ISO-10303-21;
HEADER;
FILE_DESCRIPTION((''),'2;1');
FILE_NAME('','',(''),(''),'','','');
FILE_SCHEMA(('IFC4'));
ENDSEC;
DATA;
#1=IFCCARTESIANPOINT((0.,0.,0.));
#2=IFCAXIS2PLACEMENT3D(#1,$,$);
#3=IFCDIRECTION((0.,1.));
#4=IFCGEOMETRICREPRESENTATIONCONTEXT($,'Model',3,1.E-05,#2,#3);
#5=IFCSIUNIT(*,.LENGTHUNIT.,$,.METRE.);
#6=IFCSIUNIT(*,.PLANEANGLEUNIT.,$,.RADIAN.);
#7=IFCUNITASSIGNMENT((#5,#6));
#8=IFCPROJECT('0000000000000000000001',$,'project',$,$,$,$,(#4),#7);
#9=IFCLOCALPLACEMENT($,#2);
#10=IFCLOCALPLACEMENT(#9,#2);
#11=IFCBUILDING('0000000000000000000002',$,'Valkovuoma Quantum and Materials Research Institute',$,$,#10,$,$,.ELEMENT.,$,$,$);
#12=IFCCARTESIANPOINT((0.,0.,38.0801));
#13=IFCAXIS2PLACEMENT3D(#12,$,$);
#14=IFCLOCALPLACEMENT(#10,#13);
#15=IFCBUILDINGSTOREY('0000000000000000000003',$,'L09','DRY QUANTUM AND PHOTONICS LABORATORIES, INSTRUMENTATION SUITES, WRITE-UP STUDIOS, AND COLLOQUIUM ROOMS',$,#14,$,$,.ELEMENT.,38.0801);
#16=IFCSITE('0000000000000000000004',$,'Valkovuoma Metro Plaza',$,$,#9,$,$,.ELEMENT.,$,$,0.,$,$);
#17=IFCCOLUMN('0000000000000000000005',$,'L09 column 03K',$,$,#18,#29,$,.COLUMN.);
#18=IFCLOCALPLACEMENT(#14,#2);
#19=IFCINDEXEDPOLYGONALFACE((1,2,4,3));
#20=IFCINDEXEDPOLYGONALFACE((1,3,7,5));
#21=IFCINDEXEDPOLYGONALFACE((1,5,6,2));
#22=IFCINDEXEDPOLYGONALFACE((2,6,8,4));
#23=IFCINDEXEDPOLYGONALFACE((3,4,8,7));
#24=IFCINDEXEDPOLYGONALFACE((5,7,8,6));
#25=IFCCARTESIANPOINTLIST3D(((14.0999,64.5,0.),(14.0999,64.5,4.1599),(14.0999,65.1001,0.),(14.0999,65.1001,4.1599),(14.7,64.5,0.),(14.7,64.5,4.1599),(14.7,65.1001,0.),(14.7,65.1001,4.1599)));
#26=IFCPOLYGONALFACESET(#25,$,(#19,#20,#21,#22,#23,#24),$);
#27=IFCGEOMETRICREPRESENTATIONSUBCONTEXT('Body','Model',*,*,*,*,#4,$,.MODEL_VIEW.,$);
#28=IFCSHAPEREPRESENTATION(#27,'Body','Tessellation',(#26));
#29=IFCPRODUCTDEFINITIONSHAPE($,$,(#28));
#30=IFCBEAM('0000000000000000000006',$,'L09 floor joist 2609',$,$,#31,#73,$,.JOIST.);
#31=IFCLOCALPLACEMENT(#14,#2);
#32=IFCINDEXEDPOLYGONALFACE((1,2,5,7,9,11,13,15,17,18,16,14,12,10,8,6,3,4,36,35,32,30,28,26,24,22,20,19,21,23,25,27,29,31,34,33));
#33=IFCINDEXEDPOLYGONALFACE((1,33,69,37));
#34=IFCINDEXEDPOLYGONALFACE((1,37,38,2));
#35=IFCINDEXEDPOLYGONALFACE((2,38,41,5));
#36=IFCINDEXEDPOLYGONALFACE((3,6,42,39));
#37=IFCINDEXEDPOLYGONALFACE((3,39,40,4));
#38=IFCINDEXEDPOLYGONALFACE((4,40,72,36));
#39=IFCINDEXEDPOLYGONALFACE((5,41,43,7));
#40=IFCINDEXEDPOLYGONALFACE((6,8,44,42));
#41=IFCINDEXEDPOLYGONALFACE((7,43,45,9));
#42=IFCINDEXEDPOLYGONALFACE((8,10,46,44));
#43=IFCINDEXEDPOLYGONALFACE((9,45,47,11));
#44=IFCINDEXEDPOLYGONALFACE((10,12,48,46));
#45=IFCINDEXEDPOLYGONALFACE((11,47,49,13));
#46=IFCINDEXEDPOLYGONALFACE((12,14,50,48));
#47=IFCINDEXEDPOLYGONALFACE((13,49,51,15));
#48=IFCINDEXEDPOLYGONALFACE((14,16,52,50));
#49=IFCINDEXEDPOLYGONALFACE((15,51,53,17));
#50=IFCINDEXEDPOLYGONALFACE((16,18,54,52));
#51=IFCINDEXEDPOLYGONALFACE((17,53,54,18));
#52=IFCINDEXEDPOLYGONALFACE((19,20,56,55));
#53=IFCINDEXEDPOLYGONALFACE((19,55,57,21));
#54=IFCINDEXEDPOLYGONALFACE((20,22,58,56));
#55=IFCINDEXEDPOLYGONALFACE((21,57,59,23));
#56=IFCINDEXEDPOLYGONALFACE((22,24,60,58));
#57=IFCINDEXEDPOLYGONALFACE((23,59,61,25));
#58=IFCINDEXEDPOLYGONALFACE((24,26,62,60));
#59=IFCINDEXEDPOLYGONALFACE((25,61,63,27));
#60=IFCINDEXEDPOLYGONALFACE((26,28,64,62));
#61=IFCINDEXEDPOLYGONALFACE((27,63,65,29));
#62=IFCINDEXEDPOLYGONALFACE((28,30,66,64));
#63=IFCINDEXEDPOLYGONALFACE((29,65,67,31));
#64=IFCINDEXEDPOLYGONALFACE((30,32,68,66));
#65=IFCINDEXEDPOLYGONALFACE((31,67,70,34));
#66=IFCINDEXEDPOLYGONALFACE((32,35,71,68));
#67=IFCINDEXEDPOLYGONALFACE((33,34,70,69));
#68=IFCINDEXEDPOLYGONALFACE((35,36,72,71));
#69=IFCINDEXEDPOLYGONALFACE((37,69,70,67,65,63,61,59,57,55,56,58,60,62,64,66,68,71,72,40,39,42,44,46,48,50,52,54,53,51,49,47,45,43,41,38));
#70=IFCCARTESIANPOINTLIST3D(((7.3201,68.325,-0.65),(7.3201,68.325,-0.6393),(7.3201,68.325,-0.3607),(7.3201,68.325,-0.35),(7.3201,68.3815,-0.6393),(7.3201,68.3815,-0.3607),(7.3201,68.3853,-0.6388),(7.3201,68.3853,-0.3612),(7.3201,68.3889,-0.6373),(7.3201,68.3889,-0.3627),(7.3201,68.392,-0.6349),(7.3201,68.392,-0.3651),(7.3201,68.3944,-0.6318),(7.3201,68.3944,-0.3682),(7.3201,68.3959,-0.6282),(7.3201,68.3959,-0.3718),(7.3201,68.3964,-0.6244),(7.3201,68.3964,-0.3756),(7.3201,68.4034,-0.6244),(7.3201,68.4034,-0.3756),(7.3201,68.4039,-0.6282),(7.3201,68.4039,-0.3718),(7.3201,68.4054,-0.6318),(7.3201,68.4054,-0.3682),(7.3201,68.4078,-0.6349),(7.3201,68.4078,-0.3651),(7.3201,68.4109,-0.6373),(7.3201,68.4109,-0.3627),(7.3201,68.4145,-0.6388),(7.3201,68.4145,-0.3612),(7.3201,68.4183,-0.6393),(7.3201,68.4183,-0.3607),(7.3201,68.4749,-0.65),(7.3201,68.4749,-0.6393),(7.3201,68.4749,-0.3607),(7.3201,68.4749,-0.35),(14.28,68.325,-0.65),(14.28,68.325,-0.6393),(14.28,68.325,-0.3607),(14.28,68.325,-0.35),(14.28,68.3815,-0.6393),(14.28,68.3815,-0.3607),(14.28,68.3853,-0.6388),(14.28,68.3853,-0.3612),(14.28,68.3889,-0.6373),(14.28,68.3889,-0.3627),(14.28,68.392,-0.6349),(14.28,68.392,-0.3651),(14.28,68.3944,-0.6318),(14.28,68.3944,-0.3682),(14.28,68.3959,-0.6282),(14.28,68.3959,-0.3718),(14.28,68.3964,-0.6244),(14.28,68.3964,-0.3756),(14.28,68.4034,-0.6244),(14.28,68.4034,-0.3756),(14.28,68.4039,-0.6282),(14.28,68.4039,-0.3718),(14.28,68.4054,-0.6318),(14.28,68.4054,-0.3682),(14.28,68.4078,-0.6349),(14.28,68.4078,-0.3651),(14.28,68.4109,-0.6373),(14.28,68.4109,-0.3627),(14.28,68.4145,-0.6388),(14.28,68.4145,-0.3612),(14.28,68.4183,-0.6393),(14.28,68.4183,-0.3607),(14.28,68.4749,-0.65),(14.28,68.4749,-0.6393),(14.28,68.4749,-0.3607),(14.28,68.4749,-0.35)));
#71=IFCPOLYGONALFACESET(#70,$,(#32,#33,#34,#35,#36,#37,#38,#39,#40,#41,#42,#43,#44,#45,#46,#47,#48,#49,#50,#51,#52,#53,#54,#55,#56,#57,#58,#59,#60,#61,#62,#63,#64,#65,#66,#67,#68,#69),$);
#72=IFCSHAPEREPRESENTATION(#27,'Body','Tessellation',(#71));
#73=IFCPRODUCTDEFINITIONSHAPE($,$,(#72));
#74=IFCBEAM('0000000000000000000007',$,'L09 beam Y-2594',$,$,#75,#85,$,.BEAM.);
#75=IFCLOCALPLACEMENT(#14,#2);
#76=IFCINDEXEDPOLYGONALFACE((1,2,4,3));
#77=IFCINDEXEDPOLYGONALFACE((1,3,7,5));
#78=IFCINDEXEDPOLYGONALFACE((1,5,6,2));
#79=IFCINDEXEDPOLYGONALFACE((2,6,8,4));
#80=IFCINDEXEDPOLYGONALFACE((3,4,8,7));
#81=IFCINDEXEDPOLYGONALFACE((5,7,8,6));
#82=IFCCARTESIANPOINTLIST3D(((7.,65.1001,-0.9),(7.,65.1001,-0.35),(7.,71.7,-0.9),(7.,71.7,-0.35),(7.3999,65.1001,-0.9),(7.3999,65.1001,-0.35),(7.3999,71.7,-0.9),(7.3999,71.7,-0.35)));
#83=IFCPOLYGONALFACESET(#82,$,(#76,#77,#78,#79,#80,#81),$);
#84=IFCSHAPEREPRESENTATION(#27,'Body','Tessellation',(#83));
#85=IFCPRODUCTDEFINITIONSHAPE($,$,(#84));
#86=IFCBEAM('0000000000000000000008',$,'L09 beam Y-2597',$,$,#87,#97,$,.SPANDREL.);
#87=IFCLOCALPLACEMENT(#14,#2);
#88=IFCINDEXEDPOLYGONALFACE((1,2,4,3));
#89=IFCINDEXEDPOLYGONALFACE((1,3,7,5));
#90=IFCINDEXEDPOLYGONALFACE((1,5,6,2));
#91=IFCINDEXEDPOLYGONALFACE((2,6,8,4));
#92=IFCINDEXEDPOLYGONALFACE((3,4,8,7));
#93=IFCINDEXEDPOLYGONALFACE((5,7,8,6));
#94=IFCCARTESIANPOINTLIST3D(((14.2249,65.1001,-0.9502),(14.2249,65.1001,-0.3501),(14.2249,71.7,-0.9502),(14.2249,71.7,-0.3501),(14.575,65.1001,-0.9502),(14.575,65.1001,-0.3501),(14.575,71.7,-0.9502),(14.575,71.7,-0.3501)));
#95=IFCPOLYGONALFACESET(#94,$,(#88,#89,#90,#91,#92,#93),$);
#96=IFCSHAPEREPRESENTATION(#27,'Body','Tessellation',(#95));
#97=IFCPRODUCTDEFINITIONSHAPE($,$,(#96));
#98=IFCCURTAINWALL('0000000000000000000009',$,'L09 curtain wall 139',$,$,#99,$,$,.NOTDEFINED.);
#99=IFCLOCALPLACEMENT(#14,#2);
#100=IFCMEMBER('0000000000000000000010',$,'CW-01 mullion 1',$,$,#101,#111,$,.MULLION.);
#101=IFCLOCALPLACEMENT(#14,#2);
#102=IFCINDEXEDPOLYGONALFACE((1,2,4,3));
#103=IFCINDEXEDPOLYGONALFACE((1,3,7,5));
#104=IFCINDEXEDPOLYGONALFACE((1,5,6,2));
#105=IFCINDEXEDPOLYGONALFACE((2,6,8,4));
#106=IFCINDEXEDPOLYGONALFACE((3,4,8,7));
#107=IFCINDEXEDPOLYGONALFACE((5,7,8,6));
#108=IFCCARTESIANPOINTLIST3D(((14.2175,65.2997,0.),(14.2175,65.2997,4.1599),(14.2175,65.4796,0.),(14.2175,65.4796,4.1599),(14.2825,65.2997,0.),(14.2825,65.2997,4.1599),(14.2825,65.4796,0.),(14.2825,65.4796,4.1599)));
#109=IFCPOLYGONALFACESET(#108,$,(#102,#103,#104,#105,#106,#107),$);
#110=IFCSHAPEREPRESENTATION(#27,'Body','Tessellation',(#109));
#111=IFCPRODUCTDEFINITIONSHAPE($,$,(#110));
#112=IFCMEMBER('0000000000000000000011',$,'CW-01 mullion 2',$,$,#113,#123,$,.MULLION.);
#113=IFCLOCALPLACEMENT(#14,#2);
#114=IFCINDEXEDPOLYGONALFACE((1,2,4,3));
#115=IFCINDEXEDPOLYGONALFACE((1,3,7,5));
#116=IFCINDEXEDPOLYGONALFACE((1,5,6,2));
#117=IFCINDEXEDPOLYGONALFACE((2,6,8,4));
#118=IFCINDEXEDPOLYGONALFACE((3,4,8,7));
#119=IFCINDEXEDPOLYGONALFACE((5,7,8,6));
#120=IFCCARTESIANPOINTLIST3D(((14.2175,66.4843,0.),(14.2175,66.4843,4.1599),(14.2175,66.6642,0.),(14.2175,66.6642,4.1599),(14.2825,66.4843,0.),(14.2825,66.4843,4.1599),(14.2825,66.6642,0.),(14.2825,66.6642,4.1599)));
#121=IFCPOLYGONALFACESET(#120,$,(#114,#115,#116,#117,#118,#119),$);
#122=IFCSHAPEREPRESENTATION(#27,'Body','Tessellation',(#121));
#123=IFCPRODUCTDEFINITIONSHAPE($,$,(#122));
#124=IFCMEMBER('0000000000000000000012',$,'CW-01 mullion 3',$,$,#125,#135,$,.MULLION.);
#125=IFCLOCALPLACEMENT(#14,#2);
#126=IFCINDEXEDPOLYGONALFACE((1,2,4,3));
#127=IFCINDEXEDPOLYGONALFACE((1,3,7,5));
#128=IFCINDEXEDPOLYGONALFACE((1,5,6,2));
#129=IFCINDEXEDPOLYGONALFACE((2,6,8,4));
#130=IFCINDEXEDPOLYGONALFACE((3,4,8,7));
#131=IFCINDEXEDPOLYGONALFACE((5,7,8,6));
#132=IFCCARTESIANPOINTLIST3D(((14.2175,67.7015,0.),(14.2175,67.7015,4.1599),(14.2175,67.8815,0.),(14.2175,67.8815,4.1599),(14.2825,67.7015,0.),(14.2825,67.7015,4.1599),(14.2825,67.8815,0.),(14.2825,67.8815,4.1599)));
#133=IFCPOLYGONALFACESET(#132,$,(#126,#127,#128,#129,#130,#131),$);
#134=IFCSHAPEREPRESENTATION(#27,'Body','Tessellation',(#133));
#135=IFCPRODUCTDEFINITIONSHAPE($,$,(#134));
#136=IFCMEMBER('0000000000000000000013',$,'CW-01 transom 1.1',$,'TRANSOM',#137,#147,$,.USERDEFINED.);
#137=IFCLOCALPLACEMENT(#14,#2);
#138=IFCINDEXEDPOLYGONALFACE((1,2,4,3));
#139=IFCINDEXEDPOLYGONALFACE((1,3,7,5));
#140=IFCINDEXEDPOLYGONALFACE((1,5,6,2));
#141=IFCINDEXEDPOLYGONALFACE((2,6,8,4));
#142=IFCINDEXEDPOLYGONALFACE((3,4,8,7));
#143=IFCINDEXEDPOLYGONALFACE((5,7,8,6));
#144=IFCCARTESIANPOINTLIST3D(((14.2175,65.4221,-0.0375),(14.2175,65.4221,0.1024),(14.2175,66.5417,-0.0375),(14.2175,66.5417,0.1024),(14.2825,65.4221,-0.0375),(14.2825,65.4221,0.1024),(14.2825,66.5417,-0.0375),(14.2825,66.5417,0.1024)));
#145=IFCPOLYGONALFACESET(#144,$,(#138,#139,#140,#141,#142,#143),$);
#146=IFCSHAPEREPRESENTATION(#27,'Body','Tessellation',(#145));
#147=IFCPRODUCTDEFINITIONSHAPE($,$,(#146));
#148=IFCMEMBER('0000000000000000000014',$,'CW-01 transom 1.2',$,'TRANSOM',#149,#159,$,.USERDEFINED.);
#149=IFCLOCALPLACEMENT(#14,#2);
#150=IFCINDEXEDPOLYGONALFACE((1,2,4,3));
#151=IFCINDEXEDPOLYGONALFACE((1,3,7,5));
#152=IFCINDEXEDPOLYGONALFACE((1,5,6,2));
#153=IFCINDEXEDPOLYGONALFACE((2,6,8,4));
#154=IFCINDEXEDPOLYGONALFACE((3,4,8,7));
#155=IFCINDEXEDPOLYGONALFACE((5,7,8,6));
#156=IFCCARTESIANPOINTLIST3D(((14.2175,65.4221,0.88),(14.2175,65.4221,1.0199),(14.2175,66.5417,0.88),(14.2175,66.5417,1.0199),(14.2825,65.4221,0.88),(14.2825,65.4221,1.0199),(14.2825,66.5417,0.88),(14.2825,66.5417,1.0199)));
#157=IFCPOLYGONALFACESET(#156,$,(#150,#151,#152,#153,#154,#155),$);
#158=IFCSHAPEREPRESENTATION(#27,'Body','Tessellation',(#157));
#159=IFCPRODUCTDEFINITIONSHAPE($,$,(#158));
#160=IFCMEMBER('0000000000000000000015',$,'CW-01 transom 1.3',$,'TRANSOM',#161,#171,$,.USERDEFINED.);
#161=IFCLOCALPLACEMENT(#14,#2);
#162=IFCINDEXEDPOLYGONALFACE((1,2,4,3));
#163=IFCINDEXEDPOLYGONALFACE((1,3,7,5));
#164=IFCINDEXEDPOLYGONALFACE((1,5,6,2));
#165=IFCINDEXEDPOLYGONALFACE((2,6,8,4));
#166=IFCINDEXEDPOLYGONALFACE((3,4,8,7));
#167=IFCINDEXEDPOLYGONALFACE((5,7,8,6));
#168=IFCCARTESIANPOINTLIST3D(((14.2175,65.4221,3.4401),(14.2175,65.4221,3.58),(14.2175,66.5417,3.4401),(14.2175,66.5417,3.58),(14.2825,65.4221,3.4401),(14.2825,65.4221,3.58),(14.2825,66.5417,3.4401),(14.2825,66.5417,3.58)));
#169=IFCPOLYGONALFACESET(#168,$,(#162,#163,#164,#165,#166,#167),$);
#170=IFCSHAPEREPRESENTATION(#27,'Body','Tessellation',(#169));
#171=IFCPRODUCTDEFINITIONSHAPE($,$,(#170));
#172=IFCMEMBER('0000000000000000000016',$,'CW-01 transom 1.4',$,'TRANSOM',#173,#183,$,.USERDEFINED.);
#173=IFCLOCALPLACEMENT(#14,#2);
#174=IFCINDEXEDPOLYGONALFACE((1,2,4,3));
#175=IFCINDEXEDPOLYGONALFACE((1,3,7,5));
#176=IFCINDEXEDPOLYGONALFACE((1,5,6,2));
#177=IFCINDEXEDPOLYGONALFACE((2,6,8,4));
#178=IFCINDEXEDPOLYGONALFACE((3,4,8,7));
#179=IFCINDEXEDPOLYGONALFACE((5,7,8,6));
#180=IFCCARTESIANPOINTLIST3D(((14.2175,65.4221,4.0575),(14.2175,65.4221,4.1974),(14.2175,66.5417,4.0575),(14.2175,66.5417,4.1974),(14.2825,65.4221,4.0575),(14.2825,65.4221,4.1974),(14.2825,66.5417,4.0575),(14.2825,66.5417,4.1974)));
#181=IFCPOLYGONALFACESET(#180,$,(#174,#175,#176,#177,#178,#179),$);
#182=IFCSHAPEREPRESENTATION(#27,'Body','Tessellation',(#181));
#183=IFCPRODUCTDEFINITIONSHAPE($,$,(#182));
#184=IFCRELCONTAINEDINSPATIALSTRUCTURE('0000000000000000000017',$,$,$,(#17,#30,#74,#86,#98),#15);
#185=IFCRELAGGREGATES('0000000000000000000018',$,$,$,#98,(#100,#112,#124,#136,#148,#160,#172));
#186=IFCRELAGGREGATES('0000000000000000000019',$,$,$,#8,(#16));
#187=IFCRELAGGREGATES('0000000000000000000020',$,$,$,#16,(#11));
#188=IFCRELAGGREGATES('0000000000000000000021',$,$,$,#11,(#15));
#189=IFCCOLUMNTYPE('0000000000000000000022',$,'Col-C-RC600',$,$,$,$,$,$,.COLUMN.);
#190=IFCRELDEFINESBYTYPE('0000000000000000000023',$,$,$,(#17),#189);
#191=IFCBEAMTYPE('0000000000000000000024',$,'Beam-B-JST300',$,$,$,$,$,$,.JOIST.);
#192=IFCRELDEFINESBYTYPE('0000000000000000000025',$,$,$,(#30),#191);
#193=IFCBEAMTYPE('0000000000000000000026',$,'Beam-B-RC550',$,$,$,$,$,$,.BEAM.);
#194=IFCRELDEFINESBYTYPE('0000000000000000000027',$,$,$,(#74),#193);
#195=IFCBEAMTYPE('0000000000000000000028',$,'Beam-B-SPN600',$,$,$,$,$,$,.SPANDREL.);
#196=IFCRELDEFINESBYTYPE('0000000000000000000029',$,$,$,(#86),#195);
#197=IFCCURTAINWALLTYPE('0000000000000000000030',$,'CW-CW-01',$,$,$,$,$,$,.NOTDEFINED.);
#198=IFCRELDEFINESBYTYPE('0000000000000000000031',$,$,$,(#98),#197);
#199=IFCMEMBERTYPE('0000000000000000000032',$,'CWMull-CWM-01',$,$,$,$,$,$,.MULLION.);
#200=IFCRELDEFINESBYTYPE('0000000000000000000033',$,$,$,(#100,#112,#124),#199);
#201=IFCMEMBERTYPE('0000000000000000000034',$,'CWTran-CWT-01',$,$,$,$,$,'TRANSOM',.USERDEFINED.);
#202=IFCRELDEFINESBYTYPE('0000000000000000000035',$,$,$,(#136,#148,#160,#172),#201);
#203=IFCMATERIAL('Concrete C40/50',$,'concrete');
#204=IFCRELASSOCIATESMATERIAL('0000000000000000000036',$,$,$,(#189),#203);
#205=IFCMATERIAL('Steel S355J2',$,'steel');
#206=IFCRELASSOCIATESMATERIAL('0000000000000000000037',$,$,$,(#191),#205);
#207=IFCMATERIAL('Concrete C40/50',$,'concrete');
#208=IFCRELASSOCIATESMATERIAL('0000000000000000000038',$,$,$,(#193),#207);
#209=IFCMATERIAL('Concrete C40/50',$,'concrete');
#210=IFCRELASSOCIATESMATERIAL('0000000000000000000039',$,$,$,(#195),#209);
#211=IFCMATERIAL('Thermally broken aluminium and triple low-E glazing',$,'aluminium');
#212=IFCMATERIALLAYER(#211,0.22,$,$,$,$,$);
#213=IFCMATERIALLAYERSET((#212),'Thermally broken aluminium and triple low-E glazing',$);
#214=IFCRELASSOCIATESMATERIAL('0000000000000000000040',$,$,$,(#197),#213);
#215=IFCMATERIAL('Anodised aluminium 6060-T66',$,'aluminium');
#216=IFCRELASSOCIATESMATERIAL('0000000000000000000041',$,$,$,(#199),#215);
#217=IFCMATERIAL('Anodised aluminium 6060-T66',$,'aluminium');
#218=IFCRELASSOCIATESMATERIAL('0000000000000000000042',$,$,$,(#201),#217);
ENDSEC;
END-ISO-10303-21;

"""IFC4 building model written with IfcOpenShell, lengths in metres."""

from ifc_helpers import new_model, si_unit, direction, frame, origin, origin_2d, place, context, subcontext, project, spatial, rectangle, i_section, extrude, material, layer, layer_set, material_profile, profile_set, type_object, element, aggregate, save


model = new_model("IFC4")

# Units and contexts
model_context = context("Model", 3, precision=1e-05, world=origin(), true_north=direction((0.0, 1.0)))
body_context = subcontext(model_context, "Body", "Model", "MODEL_VIEW")
ifc_project = project(units=[si_unit("LENGTHUNIT", "METRE"), si_unit("PLANEANGLEUNIT", "RADIAN")], contexts=[model_context])

# Site, building, storey
site_placement = place(None, origin())
site = spatial("IfcSite", under=ifc_project, at=site_placement, Name="Valkovuoma Metro Plaza", CompositionType="ELEMENT", RefElevation=0.0)
building_placement = place(site_placement, origin())
building = spatial("IfcBuilding", under=site, at=building_placement, Name="Valkovuoma Quantum and Materials Research Institute", CompositionType="ELEMENT")
storey_placement = place(building_placement, frame((0.0, 0.0, 38.0801)))
storey = spatial("IfcBuildingStorey", under=building, at=storey_placement, Name="L09", Description="DRY QUANTUM AND PHOTONICS LABORATORIES, INSTRUMENTATION SUITES, WRITE-UP STUDIOS, AND COLLOQUIUM ROOMS", CompositionType="ELEMENT", Elevation=38.0801)

# Column
ifc_material_1 = material(Name="Concrete C40/50", Category="concrete")
ifc_material_profile_1 = material_profile(ifc_material_1, rectangle(XDim=0.6001, YDim=0.6001, at=origin_2d()), Name="Concrete C40/50")
ifc_profile_set_1 = profile_set([ifc_material_profile_1], Name="Concrete C40/50")
column_type = type_object("IfcColumnType", Name="Col-C-RC600", PredefinedType="COLUMN", material=ifc_profile_set_1)
column_placement = place(storey_placement, frame((14.3999, 64.8, 0.0), z_axis=(0.0, 0.0, 1.0), x_axis=(1.0, 0.0, 0.0)))
element("IfcColumn", 1, at=column_placement, inside=storey, type_object=column_type, Name="L09 column 03K", PredefinedType="COLUMN", context=body_context, shape_type="SweptSolid", body=[
    extrude(rectangle(XDim=0.6001, YDim=0.6001, at=origin_2d()), origin(), (0.0, 0.0, 1.0), 4.1599),
])

# Beams
ifc_material_2 = material(Name="Steel S355J2", Category="steel")
ifc_material_profile_2 = material_profile(ifc_material_2, i_section(OverallWidth=0.1499, OverallDepth=0.3, WebThickness=0.0071, FlangeThickness=0.0107, FilletRadius=0.0149, at=origin_2d()), Name="Steel S355J2")
ifc_profile_set_2 = profile_set([ifc_material_profile_2], Name="Steel S355J2")
beam_type_1 = type_object("IfcBeamType", Name="Beam-B-JST300", PredefinedType="JOIST", material=ifc_profile_set_2)
beam_1_placement = place(storey_placement, frame((7.3201, 68.3999, -0.5), z_axis=(1.0, 0.0, 0.0), x_axis=(0.0, 1.0, 0.0)))
element("IfcBeam", 2, at=beam_1_placement, inside=storey, type_object=beam_type_1, Name="L09 floor joist 2609", PredefinedType="JOIST", context=body_context, shape_type="SweptSolid", body=[
    extrude(i_section(OverallWidth=0.1499, OverallDepth=0.3, WebThickness=0.0071, FlangeThickness=0.0107, FilletRadius=0.0149, at=origin_2d()), origin(), (0.0, 0.0, 1.0), 6.96),
])
ifc_material_3 = material(Name="Concrete C40/50", Category="concrete")
ifc_material_profile_3 = material_profile(ifc_material_3, rectangle(XDim=0.3999, YDim=0.55, at=origin_2d()), Name="Concrete C40/50")
ifc_profile_set_3 = profile_set([ifc_material_profile_3], Name="Concrete C40/50")
beam_type_2 = type_object("IfcBeamType", Name="Beam-B-RC550", PredefinedType="BEAM", material=ifc_profile_set_3)
beam_2_placement = place(storey_placement, frame((7.2, 65.1001, -0.625), z_axis=(0.0, 1.0, 0.0), x_axis=(-1.0, 0.0, 0.0)))
element("IfcBeam", 3, at=beam_2_placement, inside=storey, type_object=beam_type_2, Name="L09 beam Y-2594", PredefinedType="BEAM", context=body_context, shape_type="SweptSolid", body=[
    extrude(rectangle(XDim=0.3999, YDim=0.55, at=origin_2d()), origin(), (0.0, 0.0, 1.0), 6.5999),
])
ifc_material_4 = material(Name="Concrete C40/50", Category="concrete")
ifc_material_profile_4 = material_profile(ifc_material_4, rectangle(XDim=0.3501, YDim=0.6001, at=origin_2d()), Name="Concrete C40/50")
ifc_profile_set_4 = profile_set([ifc_material_profile_4], Name="Concrete C40/50")
beam_type_3 = type_object("IfcBeamType", Name="Beam-B-SPN600", PredefinedType="SPANDREL", material=ifc_profile_set_4)
beam_3_placement = place(storey_placement, frame((14.3999, 65.1001, -0.6501), z_axis=(0.0, 1.0, 0.0), x_axis=(-1.0, 0.0, 0.0)))
element("IfcBeam", 4, at=beam_3_placement, inside=storey, type_object=beam_type_3, Name="L09 beam Y-2597", PredefinedType="SPANDREL", context=body_context, shape_type="SweptSolid", body=[
    extrude(rectangle(XDim=0.3501, YDim=0.6001, at=origin_2d()), origin(), (0.0, 0.0, 1.0), 6.5999),
])

# Curtain wall, members
ifc_material_5 = material(Name="Thermally broken aluminium and triple low-E glazing", Category="aluminium")
ifc_layer_1 = layer(ifc_material_5, 0.22)
ifc_layer_set_1 = layer_set([ifc_layer_1], Name="Thermally broken aluminium and triple low-E glazing")
curtain_wall_type = type_object("IfcCurtainWallType", Name="CW-CW-01", PredefinedType="NOTDEFINED", material=ifc_layer_set_1)
curtain_wall_placement = place(storey_placement, origin())
curtain_wall = element("IfcCurtainWall", 5, at=curtain_wall_placement, inside=storey, type_object=curtain_wall_type, Name="L09 curtain wall 139", PredefinedType="NOTDEFINED")
ifc_material_6 = material(Name="Anodised aluminium 6060-T66", Category="aluminium")
ifc_material_profile_5 = material_profile(ifc_material_6, rectangle(XDim=0.0649, YDim=0.1799, at=origin_2d()), Name="Anodised aluminium 6060-T66")
ifc_profile_set_5 = profile_set([ifc_material_profile_5], Name="Anodised aluminium 6060-T66")
member_type_1 = type_object("IfcMemberType", Name="CWMull-CWM-01", PredefinedType="MULLION", material=ifc_profile_set_5)
member_1_placement = place(storey_placement, frame((14.25, 65.3896, 0.0), z_axis=(0.0, 0.0, 1.0), x_axis=(-1.0, 0.0, 0.0)))
member_1 = element("IfcMember", 6, at=member_1_placement, type_object=member_type_1, Name="CW-01 mullion 1", PredefinedType="MULLION", context=body_context, shape_type="SweptSolid", body=[
    extrude(rectangle(XDim=0.0649, YDim=0.1799, at=origin_2d()), origin(), (0.0, 0.0, 1.0), 4.1599),
])
member_2_placement = place(storey_placement, frame((14.25, 66.5742, 0.0), z_axis=(0.0, 0.0, 1.0), x_axis=(-1.0, 0.0, 0.0)))
member_2 = element("IfcMember", 7, at=member_2_placement, type_object=member_type_1, Name="CW-01 mullion 2", PredefinedType="MULLION", context=body_context, shape_type="SweptSolid", body=[
    extrude(rectangle(XDim=0.0649, YDim=0.1799, at=origin_2d()), origin(), (0.0, 0.0, 1.0), 4.1599),
])
member_3_placement = place(storey_placement, frame((14.25, 67.7915, 0.0), z_axis=(0.0, 0.0, 1.0), x_axis=(-1.0, 0.0, 0.0)))
member_3 = element("IfcMember", 8, at=member_3_placement, type_object=member_type_1, Name="CW-01 mullion 3", PredefinedType="MULLION", context=body_context, shape_type="SweptSolid", body=[
    extrude(rectangle(XDim=0.0649, YDim=0.1799, at=origin_2d()), origin(), (0.0, 0.0, 1.0), 4.1599),
])
ifc_material_7 = material(Name="Anodised aluminium 6060-T66", Category="aluminium")
ifc_material_profile_6 = material_profile(ifc_material_7, rectangle(XDim=0.0649, YDim=0.1399, at=origin_2d()), Name="Anodised aluminium 6060-T66")
ifc_profile_set_6 = profile_set([ifc_material_profile_6], Name="Anodised aluminium 6060-T66")
member_type_2 = type_object("IfcMemberType", Name="CWTran-CWT-01", ElementType="TRANSOM", PredefinedType="USERDEFINED", material=ifc_profile_set_6)
member_4_placement = place(storey_placement, frame((14.25, 65.4221, 0.0325), z_axis=(0.0, 1.0, 0.0), x_axis=(-1.0, 0.0, 0.0)))
member_4 = element("IfcMember", 9, at=member_4_placement, type_object=member_type_2, Name="CW-01 transom 1.1", ObjectType="TRANSOM", PredefinedType="USERDEFINED", context=body_context, shape_type="SweptSolid", body=[
    extrude(rectangle(XDim=0.0649, YDim=0.1399, at=origin_2d()), origin(), (0.0, 0.0, 1.0), 1.1196),
])
member_5_placement = place(storey_placement, frame((14.25, 65.4221, 0.95), z_axis=(0.0, 1.0, 0.0), x_axis=(-1.0, 0.0, 0.0)))
member_5 = element("IfcMember", 10, at=member_5_placement, type_object=member_type_2, Name="CW-01 transom 1.2", ObjectType="TRANSOM", PredefinedType="USERDEFINED", context=body_context, shape_type="SweptSolid", body=[
    extrude(rectangle(XDim=0.0649, YDim=0.1399, at=origin_2d()), origin(), (0.0, 0.0, 1.0), 1.1196),
])
member_6_placement = place(storey_placement, frame((14.25, 65.4221, 3.51), z_axis=(0.0, 1.0, 0.0), x_axis=(-1.0, 0.0, 0.0)))
member_6 = element("IfcMember", 11, at=member_6_placement, type_object=member_type_2, Name="CW-01 transom 1.3", ObjectType="TRANSOM", PredefinedType="USERDEFINED", context=body_context, shape_type="SweptSolid", body=[
    extrude(rectangle(XDim=0.0649, YDim=0.1399, at=origin_2d()), origin(), (0.0, 0.0, 1.0), 1.1196),
])
member_7_placement = place(storey_placement, frame((14.25, 65.4221, 4.1274), z_axis=(0.0, 1.0, 0.0), x_axis=(-1.0, 0.0, 0.0)))
member_7 = element("IfcMember", 12, at=member_7_placement, type_object=member_type_2, Name="CW-01 transom 1.4", ObjectType="TRANSOM", PredefinedType="USERDEFINED", context=body_context, shape_type="SweptSolid", body=[
    extrude(rectangle(XDim=0.0649, YDim=0.1399, at=origin_2d()), origin(), (0.0, 0.0, 1.0), 1.1196),
])
aggregate(curtain_wall, [member_1, member_2, member_3, member_4, member_5, member_6, member_7])

save(model, "model.ifc")
